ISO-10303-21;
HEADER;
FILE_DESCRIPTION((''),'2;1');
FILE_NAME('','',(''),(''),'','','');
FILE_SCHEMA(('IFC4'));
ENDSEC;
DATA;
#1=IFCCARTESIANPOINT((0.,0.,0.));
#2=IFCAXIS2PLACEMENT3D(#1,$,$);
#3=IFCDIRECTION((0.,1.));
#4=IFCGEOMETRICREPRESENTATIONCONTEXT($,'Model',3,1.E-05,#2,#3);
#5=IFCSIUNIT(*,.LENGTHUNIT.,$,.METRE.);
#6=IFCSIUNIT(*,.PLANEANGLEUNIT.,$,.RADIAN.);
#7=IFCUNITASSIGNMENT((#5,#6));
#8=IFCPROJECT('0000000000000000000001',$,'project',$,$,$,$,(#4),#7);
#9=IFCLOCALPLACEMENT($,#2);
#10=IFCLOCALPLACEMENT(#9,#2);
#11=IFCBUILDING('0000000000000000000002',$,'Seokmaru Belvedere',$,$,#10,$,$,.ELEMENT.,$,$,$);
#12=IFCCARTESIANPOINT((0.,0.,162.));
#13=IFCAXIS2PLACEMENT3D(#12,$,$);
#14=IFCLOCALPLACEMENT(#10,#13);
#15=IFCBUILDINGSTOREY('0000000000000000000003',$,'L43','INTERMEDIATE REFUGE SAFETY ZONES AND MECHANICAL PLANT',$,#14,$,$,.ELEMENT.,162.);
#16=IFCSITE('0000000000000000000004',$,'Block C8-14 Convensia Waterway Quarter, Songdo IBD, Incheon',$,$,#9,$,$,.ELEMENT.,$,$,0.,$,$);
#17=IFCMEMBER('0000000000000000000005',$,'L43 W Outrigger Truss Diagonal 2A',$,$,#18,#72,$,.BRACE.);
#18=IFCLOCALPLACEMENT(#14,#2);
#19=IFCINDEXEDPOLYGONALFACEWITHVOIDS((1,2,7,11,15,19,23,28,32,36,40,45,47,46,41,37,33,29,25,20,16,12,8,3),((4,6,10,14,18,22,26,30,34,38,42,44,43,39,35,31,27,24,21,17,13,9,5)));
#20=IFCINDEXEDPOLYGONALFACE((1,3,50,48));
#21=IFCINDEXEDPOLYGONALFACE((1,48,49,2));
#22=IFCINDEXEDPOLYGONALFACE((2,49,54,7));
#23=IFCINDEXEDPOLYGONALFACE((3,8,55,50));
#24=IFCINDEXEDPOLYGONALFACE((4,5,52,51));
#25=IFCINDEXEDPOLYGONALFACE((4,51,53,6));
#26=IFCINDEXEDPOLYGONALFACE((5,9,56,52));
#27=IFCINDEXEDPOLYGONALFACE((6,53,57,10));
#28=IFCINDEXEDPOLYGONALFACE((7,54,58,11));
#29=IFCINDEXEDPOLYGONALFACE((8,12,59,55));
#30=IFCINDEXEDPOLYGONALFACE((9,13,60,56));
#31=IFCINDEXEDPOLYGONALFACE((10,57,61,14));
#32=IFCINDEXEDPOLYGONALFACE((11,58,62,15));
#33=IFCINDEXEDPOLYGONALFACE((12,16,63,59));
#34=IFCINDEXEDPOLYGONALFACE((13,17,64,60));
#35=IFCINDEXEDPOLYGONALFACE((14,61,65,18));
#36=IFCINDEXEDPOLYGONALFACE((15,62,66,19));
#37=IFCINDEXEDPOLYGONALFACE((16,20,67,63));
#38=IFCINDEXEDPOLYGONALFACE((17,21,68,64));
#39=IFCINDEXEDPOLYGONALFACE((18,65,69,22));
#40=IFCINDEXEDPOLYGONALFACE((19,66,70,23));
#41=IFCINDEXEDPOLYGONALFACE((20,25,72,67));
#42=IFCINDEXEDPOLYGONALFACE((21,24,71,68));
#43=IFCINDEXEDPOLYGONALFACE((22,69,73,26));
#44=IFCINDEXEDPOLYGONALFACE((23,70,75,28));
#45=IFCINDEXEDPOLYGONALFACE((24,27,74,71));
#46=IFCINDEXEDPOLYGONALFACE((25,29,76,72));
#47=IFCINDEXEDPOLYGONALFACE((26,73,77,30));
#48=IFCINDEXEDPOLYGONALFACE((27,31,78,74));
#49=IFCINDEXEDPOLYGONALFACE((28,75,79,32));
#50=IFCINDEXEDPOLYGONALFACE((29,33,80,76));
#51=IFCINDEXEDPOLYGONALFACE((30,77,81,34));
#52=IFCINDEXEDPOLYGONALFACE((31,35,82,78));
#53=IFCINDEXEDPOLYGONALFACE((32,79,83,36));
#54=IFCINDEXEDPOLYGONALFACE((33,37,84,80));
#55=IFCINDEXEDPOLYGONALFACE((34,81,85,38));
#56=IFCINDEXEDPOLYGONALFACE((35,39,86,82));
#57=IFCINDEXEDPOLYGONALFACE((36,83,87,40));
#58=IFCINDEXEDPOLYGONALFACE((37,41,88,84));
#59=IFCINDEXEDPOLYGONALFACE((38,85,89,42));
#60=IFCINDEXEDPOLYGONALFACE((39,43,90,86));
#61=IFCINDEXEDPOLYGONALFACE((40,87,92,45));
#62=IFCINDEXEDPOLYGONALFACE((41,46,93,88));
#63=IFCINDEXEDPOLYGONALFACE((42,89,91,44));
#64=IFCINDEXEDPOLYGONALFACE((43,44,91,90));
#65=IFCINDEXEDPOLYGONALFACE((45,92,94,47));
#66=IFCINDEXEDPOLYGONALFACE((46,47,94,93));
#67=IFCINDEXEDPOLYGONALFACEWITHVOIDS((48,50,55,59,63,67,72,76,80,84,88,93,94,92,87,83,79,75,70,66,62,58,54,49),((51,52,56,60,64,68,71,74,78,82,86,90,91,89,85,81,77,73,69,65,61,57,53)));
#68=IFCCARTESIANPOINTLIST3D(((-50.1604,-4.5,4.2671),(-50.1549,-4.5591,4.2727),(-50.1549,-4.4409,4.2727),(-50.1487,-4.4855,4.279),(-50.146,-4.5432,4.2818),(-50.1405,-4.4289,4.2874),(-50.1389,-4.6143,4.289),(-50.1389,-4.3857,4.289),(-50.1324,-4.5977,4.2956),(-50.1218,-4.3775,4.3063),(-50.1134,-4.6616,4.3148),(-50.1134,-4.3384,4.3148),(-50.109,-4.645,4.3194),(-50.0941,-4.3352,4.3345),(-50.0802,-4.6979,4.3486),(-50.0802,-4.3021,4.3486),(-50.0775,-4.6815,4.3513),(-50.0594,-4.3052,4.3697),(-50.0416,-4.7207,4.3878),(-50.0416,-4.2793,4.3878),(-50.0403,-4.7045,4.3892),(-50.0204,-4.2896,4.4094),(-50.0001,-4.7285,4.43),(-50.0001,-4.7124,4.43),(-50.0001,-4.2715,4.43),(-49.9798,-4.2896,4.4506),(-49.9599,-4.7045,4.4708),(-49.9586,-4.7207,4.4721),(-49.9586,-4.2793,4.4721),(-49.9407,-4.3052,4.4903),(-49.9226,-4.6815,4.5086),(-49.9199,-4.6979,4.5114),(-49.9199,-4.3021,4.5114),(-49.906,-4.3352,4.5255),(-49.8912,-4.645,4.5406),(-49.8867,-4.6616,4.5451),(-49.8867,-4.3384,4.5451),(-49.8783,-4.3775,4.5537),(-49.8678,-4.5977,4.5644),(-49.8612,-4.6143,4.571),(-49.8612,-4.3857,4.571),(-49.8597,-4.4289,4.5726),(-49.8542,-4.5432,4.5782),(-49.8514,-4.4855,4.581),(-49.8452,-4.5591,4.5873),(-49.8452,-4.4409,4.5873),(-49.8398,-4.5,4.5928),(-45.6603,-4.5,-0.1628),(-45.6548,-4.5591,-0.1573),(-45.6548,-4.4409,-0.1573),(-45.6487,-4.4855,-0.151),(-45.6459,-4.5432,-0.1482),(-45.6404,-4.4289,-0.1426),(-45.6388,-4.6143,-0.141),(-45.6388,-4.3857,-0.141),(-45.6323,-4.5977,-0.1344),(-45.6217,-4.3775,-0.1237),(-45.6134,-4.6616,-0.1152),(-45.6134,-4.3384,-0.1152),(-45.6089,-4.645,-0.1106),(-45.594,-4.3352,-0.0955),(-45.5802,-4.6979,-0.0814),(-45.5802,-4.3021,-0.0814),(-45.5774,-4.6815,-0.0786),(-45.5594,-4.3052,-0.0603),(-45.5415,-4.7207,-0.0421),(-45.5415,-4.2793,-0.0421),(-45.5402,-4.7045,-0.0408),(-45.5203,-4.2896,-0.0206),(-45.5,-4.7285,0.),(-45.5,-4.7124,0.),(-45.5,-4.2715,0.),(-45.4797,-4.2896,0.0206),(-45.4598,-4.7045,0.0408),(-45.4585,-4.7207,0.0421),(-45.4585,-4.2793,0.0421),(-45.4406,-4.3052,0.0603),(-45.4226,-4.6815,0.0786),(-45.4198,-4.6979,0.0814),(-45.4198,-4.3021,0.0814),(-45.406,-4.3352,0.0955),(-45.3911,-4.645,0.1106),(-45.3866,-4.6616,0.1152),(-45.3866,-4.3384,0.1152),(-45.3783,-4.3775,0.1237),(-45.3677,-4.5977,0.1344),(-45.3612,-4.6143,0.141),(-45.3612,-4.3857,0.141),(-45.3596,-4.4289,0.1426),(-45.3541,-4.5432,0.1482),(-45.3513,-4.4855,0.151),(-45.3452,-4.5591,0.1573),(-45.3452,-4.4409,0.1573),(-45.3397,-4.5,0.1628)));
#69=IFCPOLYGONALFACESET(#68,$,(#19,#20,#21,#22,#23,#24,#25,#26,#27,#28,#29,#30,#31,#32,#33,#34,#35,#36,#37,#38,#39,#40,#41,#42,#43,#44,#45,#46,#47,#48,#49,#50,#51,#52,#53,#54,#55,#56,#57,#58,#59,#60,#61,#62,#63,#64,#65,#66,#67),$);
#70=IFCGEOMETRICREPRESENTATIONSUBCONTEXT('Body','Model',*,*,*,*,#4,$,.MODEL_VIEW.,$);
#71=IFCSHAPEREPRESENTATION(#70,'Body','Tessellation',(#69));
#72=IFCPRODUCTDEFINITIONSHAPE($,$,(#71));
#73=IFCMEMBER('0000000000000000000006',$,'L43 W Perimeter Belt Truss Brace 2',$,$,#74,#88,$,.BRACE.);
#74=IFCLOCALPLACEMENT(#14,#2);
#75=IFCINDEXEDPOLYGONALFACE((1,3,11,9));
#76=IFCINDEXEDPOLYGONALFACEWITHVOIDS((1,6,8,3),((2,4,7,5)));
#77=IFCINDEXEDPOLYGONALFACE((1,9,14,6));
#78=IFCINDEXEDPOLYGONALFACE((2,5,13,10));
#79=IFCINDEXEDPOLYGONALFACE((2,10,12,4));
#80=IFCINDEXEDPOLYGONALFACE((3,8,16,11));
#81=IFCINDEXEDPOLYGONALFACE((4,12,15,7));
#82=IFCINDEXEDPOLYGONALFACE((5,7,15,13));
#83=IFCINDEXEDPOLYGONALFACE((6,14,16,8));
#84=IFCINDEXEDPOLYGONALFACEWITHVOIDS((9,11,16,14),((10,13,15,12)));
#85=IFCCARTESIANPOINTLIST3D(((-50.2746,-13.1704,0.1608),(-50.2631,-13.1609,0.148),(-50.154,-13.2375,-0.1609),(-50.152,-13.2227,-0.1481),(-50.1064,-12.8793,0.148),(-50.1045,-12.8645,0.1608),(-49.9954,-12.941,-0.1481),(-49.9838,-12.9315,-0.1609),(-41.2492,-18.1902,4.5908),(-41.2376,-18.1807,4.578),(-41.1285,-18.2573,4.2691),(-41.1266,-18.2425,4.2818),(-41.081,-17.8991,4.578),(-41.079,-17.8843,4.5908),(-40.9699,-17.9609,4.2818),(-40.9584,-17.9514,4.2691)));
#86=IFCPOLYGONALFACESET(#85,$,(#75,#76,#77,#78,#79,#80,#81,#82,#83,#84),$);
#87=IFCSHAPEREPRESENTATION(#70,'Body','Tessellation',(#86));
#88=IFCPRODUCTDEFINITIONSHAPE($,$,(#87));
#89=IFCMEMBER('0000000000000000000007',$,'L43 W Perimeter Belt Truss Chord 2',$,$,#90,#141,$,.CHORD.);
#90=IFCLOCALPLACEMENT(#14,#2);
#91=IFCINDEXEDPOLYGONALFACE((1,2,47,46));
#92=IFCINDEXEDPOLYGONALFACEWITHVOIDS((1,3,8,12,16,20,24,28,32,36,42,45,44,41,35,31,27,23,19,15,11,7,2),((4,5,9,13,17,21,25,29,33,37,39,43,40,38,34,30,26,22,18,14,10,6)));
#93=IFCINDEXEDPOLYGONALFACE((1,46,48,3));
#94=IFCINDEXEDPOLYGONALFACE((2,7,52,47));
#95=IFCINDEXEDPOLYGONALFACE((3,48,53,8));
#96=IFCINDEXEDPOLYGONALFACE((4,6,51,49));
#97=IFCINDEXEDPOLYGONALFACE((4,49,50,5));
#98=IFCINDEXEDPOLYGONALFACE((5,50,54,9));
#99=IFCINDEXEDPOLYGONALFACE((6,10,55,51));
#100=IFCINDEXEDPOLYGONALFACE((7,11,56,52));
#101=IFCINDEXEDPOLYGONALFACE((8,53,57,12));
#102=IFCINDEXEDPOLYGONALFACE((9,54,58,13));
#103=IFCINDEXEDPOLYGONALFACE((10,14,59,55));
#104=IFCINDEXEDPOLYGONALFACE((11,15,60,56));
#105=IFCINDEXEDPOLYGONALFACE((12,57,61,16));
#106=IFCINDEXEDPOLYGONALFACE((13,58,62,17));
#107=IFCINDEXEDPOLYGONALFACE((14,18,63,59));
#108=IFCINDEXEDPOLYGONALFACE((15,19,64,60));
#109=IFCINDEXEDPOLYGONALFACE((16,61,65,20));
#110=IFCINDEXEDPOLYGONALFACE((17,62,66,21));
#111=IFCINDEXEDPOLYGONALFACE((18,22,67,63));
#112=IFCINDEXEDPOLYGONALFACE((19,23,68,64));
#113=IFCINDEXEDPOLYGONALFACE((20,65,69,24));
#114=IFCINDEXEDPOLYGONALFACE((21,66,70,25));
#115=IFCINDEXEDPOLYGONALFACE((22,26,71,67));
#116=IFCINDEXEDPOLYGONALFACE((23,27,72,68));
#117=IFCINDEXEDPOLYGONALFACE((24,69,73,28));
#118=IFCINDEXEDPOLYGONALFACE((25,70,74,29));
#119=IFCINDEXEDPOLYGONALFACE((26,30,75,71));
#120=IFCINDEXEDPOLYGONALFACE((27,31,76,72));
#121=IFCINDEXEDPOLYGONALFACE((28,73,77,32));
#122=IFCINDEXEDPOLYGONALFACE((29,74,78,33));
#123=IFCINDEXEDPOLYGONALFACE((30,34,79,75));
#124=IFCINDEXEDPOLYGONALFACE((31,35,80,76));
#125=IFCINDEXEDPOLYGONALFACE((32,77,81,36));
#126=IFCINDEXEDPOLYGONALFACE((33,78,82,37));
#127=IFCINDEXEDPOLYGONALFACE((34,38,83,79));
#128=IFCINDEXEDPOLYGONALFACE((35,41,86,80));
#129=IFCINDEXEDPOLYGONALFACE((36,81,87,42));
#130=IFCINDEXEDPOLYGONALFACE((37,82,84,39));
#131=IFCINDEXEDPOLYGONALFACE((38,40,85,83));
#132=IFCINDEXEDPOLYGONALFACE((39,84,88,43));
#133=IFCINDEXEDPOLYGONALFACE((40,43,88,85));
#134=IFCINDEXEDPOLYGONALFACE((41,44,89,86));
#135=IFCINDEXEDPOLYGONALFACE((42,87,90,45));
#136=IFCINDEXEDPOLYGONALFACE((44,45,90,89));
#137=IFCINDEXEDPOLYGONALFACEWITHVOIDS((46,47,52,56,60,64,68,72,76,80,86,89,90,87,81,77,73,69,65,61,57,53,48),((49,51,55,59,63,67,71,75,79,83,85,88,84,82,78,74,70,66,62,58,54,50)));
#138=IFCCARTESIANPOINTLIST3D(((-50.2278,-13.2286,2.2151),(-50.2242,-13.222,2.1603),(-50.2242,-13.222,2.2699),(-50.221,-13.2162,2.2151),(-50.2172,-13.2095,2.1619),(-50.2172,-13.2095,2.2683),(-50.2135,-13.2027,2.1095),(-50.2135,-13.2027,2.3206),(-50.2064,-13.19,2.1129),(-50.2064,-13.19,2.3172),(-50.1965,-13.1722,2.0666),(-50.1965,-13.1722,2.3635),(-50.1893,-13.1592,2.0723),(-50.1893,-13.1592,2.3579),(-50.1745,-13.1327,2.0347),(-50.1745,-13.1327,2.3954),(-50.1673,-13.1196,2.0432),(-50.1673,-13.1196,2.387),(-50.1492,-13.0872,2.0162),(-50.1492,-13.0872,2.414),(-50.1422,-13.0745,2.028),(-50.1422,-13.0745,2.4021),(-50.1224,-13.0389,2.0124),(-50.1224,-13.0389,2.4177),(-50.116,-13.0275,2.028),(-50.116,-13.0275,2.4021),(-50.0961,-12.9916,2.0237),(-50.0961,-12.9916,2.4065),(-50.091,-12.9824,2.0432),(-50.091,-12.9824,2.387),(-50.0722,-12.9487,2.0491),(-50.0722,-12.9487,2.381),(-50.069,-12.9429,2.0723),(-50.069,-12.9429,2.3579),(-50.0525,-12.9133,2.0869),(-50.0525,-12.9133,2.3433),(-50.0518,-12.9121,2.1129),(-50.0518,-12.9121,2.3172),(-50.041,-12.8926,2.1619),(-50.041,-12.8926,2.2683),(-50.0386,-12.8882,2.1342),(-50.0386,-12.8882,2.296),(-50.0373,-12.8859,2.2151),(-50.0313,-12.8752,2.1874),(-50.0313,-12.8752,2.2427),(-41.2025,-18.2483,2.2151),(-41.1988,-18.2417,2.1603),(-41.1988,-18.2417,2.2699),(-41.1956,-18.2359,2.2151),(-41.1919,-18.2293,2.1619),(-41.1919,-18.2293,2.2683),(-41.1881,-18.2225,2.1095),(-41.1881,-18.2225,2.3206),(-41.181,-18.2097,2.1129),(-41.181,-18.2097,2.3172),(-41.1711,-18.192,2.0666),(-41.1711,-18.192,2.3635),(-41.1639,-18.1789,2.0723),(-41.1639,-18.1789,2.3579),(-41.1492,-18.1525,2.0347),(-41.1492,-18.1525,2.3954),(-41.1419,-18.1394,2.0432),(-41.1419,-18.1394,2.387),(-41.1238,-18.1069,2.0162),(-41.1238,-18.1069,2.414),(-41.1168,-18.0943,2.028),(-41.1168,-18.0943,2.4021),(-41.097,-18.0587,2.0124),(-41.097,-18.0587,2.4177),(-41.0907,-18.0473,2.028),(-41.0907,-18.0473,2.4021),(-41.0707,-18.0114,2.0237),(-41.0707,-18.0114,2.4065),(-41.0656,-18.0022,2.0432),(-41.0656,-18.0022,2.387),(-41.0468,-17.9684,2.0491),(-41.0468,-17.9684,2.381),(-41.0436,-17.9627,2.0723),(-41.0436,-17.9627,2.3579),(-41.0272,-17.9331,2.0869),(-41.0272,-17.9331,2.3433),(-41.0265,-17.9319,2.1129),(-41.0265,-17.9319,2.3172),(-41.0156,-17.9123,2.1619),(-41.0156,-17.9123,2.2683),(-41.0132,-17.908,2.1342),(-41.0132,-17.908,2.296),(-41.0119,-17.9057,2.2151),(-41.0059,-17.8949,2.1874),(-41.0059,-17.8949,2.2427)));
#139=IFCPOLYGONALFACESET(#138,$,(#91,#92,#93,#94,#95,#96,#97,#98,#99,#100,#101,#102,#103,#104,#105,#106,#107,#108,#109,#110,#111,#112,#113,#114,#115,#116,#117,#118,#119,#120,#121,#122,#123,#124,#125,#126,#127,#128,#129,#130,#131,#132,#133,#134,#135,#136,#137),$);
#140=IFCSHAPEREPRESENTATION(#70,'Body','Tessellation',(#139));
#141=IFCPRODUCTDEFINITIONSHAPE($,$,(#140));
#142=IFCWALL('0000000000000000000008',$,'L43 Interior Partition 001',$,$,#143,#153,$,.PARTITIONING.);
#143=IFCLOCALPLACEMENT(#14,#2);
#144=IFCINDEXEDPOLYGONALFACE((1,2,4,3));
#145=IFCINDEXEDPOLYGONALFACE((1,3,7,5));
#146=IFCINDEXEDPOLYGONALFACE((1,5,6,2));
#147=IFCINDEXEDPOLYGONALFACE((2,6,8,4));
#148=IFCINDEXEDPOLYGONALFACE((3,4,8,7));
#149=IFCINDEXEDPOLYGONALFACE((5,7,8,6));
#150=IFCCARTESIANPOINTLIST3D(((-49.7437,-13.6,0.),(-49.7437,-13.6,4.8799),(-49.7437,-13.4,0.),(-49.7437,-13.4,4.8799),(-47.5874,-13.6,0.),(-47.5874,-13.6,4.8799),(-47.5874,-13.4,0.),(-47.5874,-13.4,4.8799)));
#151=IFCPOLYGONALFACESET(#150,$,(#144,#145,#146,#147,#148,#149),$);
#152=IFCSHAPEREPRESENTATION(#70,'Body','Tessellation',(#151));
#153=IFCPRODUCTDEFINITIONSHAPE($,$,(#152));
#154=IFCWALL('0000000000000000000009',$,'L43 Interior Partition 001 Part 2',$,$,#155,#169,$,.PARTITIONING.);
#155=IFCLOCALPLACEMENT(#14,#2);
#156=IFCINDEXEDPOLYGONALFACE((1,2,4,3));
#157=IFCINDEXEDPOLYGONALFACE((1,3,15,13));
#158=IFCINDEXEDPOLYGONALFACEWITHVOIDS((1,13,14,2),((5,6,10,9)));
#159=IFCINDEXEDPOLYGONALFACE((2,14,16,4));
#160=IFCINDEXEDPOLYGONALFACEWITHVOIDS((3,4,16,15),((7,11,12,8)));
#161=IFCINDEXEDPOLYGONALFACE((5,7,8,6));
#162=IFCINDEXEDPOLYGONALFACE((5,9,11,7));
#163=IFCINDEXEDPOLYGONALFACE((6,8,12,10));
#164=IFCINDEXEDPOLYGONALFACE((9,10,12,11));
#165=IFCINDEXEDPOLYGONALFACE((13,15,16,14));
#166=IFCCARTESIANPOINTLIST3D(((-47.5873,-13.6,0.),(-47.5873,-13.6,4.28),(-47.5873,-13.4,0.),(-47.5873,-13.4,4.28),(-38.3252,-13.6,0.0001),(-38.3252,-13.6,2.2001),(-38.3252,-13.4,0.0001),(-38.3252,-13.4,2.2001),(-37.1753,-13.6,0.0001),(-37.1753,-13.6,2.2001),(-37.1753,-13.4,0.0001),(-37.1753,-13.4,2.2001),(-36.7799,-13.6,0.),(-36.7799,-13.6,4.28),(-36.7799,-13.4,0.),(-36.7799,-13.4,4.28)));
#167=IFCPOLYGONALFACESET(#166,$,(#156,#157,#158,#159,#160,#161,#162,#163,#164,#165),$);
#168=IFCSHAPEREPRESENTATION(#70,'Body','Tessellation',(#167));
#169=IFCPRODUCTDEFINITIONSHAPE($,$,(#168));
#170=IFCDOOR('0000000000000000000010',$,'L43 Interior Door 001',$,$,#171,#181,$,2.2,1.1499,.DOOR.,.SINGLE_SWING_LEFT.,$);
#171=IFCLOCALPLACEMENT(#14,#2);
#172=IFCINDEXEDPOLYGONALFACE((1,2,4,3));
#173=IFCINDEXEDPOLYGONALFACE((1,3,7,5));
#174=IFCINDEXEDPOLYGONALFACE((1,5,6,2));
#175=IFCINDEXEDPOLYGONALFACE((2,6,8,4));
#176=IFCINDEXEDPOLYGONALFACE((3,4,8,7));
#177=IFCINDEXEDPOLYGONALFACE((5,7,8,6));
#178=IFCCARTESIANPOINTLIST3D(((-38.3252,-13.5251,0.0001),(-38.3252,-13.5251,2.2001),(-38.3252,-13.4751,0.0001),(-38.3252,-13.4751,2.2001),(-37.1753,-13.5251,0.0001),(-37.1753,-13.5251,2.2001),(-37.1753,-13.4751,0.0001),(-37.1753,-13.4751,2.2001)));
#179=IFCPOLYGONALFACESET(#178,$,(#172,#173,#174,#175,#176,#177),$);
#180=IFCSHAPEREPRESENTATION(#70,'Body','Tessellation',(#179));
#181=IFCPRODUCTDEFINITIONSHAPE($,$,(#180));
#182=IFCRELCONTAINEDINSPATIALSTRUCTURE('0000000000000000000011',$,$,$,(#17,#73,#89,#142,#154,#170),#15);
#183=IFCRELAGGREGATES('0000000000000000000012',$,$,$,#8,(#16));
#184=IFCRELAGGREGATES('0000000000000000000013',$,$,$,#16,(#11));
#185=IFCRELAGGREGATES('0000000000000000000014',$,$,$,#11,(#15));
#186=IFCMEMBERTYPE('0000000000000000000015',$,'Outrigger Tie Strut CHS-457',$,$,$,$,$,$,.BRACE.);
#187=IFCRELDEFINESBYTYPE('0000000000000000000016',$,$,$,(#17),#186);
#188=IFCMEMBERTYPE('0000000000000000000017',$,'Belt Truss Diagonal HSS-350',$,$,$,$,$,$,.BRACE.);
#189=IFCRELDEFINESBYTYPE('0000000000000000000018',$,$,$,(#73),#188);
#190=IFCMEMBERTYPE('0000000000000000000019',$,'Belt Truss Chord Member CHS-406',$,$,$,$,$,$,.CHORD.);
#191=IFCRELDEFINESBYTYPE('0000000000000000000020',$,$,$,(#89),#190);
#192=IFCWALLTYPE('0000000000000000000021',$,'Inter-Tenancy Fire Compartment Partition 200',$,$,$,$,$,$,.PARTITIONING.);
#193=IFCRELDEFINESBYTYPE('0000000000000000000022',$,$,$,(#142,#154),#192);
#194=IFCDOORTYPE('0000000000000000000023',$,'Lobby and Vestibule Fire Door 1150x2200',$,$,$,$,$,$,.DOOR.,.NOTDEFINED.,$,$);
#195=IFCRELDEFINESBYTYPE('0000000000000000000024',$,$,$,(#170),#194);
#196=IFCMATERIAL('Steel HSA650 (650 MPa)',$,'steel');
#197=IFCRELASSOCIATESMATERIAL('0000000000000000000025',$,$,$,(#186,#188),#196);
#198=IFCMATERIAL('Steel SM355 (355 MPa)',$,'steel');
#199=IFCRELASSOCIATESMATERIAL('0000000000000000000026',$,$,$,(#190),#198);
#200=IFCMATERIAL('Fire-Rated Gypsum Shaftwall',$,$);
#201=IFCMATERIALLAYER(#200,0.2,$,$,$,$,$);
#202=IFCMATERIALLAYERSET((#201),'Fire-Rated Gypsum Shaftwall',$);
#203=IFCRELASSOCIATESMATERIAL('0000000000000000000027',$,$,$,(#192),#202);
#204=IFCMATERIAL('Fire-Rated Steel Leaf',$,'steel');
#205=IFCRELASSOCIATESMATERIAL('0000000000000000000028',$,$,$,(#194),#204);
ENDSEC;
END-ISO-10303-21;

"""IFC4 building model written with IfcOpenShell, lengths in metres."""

from ifc_helpers import new_model, si_unit, direction, frame, frame_2d, origin, origin_2d, place, context, subcontext, project, spatial, rectangle, hollow_rectangle, hollow_circle, extrude, source, transform, mapped, material, layer, layer_set, material_profile, profile_set, type_object, type_shapes, element, fill, save


model = new_model("IFC4")

# Units and contexts
model_context = context("Model", 3, precision=1e-05, world=origin(), true_north=direction((0.0, 1.0)))
body_context = subcontext(model_context, "Body", "Model", "MODEL_VIEW")
ifc_project = project(units=[si_unit("LENGTHUNIT", "METRE"), si_unit("PLANEANGLEUNIT", "RADIAN")], contexts=[model_context])

# Site, building, storey
site_placement = place(None, origin())
site = spatial("IfcSite", under=ifc_project, at=site_placement, Name="Block C8-14 Convensia Waterway Quarter, Songdo IBD, Incheon", CompositionType="ELEMENT", RefElevation=0.0)
building_placement = place(site_placement, origin())
building = spatial("IfcBuilding", under=site, at=building_placement, Name="Seokmaru Belvedere", CompositionType="ELEMENT")
storey_placement = place(building_placement, frame((0.0, 0.0, 162.0)))
storey = spatial("IfcBuildingStorey", under=building, at=storey_placement, Name="L43", Description="INTERMEDIATE REFUGE SAFETY ZONES AND MECHANICAL PLANT", CompositionType="ELEMENT", Elevation=162.0)

# Shared definitions
ifc_material_1 = material(Name="Steel SM355 (355 MPa)", Category="steel")

# Members
ifc_material_2 = material(Name="Steel HSA650 (650 MPa)", Category="steel")
ifc_material_profile_1 = material_profile(ifc_material_2, hollow_circle(Radius=0.2285, WallThickness=0.0161, at=origin_2d()), Name="CHS-457.2x16.0")
ifc_profile_set_1 = profile_set([ifc_material_profile_1], Name="Steel HSA650 (650 MPa)")
member_type_1 = type_object("IfcMemberType", Name="Outrigger Tie Strut CHS-457", PredefinedType="BRACE", material=ifc_profile_set_1)
shared_shape_1 = source(origin(), body_context, "Body", "SweptSolid", [
    extrude(hollow_circle(Radius=0.2285, WallThickness=0.0161, at=origin_2d()), origin(), (0.0, 0.0, 1.0), 6.3147),
])
type_shapes(member_type_1, [shared_shape_1])
member_1_placement = place(storey_placement, frame((-45.5, -4.5, 0.0), z_axis=(-0.712633, 0.0, 0.701537), x_axis=(0.0, -1.0, 0.0)))
element("IfcMember", 1, at=member_1_placement, inside=storey, type_object=member_type_1, Name="L43 W Outrigger Truss Diagonal 2A", PredefinedType="BRACE", context=body_context, shape_type="MappedRepresentation", body=[
    mapped(shared_shape_1, transform((0.0, 0.0, 0.0), scale=1.0)),
])
ifc_material_profile_2 = material_profile(ifc_material_2, hollow_rectangle(XDim=0.3501, YDim=0.3501, WallThickness=0.0139, at=origin_2d()), Name="HSS-350x350x14")
ifc_profile_set_2 = profile_set([ifc_material_profile_2], Name="Steel HSA650 (650 MPa)")
member_type_2 = type_object("IfcMemberType", Name="Belt Truss Diagonal HSS-350", PredefinedType="BRACE", material=ifc_profile_set_2)
shared_shape_2 = source(origin(), body_context, "Body", "SweptSolid", [
    extrude(hollow_rectangle(XDim=0.3501, YDim=0.3501, WallThickness=0.0139, at=origin_2d()), origin(), (0.0, 0.0, 1.0), 11.2375),
])
type_shapes(member_type_2, [shared_shape_2])
member_2_placement = place(storey_placement, frame((-41.1038, -18.0708, 4.4299), z_axis=(-0.803153, 0.446701, -0.394212), x_axis=(-0.486062, -0.873924, 0.0)))
element("IfcMember", 2, at=member_2_placement, inside=storey, type_object=member_type_2, Name="L43 W Perimeter Belt Truss Brace 2", PredefinedType="BRACE", context=body_context, shape_type="MappedRepresentation", body=[
    mapped(shared_shape_2, transform((0.0, 0.0, 0.0), scale=1.0)),
])
ifc_material_profile_3 = material_profile(ifc_material_1, hollow_circle(Radius=0.2031, WallThickness=0.0142, at=origin_2d()), Name="CHS-406.4x14.2")
ifc_profile_set_3 = profile_set([ifc_material_profile_3], Name="Steel SM355 (355 MPa)")
member_type_3 = type_object("IfcMemberType", Name="Belt Truss Chord Member CHS-406", PredefinedType="CHORD", material=ifc_profile_set_3)
shared_shape_3 = source(origin(), body_context, "Body", "SweptSolid", [
    extrude(hollow_circle(Radius=0.2031, WallThickness=0.0142, at=origin_2d()), origin(), (0.0, 0.0, 1.0), 10.3274),
])
type_shapes(member_type_3, [shared_shape_3])
member_3_placement = place(storey_placement, frame((-41.1038, -18.0708, 2.2151), z_axis=(-0.873924, 0.486062, 0.0), x_axis=(-0.486062, -0.873924, 0.0)))
element("IfcMember", 3, at=member_3_placement, inside=storey, type_object=member_type_3, Name="L43 W Perimeter Belt Truss Chord 2", PredefinedType="CHORD", context=body_context, shape_type="MappedRepresentation", body=[
    mapped(shared_shape_3, transform((0.0, 0.0, 0.0), scale=1.0)),
])

# Wall
ifc_material_3 = material(Name="Fire-Rated Gypsum Shaftwall")
ifc_layer = layer(ifc_material_3, 0.2)
ifc_layer_set = layer_set([ifc_layer], Name="Fire-Rated Gypsum Shaftwall")
wall_type = type_object("IfcWallType", Name="Inter-Tenancy Fire Compartment Partition 200", PredefinedType="PARTITIONING", material=ifc_layer_set)
wall_1_placement = place(storey_placement, frame((-49.7437, -13.5, 0.0), z_axis=(0.0, 0.0, 1.0), x_axis=(1.0, 0.0, 0.0)))
element("IfcWall", 4, at=wall_1_placement, inside=storey, type_object=wall_type, Name="L43 Interior Partition 001", PredefinedType="PARTITIONING", context=body_context, shape_type="SweptSolid", body=[
    extrude(rectangle(XDim=2.1562, YDim=0.2, at=frame_2d((1.0781, 0.0))), origin(), (0.0, 0.0, 1.0), 4.8799),
])

# Wall, opening, door
wall_2_placement = place(storey_placement, frame((-47.5874, -13.5, 0.0), z_axis=(0.0, 0.0, 1.0), x_axis=(1.0, 0.0, 0.0)))
wall_2 = element("IfcWall", 5, at=wall_2_placement, inside=storey, type_object=wall_type, Name="L43 Interior Partition 001 Part 2", PredefinedType="PARTITIONING", context=body_context, shape_type="SweptSolid", body=[
    extrude(rectangle(XDim=10.8074, YDim=0.2, at=frame_2d((5.4038, 0.0))), origin(), (0.0, 0.0, 1.0), 4.28),
])
opening_1_placement = place(wall_2_placement, frame((9.2622, 0.0, 0.0)))
opening_1 = element("IfcOpeningElement", 6, at=opening_1_placement, cuts=wall_2, PredefinedType="OPENING", context=body_context, shape_type="SweptSolid", body=[
    extrude(rectangle(XDim=1.1499, YDim=2.2, at=frame_2d((0.575, 1.1001))), frame((0.0, 0.1099, 0.0), z_axis=(0.0, -1.0, 0.0), x_axis=(1.0, 0.0, 0.0)), (0.0, 0.0, 1.0), 0.22),
])
ifc_material_4 = material(Name="Fire-Rated Steel Leaf", Category="steel")
door_type = type_object("IfcDoorType", Name="Lobby and Vestibule Fire Door 1150x2200", OperationType="NOTDEFINED", PredefinedType="DOOR", material=ifc_material_4)
shared_shape_4 = source(origin(), body_context, "Body", "SweptSolid", [
    extrude(rectangle(XDim=1.1499, YDim=2.2, at=frame_2d((0.575, 1.1001))), frame((0.0, 0.0249, 0.0), z_axis=(0.0, -1.0, 0.0), x_axis=(1.0, 0.0, 0.0)), (0.0, 0.0, 1.0), 0.05),
])
type_shapes(door_type, [shared_shape_4])
door_1_placement = place(opening_1_placement, origin())
door_1 = element("IfcDoor", 7, at=door_1_placement, inside=storey, type_object=door_type, Name="L43 Interior Door 001", OperationType="SINGLE_SWING_LEFT", OverallHeight=2.2, OverallWidth=1.1499, PredefinedType="DOOR", context=body_context, shape_type="MappedRepresentation", body=[
    mapped(shared_shape_4, transform((0.0, 0.0, 0.0), scale=1.0)),
])
fill(opening_1, door_1)

save(model, "model.ifc")
